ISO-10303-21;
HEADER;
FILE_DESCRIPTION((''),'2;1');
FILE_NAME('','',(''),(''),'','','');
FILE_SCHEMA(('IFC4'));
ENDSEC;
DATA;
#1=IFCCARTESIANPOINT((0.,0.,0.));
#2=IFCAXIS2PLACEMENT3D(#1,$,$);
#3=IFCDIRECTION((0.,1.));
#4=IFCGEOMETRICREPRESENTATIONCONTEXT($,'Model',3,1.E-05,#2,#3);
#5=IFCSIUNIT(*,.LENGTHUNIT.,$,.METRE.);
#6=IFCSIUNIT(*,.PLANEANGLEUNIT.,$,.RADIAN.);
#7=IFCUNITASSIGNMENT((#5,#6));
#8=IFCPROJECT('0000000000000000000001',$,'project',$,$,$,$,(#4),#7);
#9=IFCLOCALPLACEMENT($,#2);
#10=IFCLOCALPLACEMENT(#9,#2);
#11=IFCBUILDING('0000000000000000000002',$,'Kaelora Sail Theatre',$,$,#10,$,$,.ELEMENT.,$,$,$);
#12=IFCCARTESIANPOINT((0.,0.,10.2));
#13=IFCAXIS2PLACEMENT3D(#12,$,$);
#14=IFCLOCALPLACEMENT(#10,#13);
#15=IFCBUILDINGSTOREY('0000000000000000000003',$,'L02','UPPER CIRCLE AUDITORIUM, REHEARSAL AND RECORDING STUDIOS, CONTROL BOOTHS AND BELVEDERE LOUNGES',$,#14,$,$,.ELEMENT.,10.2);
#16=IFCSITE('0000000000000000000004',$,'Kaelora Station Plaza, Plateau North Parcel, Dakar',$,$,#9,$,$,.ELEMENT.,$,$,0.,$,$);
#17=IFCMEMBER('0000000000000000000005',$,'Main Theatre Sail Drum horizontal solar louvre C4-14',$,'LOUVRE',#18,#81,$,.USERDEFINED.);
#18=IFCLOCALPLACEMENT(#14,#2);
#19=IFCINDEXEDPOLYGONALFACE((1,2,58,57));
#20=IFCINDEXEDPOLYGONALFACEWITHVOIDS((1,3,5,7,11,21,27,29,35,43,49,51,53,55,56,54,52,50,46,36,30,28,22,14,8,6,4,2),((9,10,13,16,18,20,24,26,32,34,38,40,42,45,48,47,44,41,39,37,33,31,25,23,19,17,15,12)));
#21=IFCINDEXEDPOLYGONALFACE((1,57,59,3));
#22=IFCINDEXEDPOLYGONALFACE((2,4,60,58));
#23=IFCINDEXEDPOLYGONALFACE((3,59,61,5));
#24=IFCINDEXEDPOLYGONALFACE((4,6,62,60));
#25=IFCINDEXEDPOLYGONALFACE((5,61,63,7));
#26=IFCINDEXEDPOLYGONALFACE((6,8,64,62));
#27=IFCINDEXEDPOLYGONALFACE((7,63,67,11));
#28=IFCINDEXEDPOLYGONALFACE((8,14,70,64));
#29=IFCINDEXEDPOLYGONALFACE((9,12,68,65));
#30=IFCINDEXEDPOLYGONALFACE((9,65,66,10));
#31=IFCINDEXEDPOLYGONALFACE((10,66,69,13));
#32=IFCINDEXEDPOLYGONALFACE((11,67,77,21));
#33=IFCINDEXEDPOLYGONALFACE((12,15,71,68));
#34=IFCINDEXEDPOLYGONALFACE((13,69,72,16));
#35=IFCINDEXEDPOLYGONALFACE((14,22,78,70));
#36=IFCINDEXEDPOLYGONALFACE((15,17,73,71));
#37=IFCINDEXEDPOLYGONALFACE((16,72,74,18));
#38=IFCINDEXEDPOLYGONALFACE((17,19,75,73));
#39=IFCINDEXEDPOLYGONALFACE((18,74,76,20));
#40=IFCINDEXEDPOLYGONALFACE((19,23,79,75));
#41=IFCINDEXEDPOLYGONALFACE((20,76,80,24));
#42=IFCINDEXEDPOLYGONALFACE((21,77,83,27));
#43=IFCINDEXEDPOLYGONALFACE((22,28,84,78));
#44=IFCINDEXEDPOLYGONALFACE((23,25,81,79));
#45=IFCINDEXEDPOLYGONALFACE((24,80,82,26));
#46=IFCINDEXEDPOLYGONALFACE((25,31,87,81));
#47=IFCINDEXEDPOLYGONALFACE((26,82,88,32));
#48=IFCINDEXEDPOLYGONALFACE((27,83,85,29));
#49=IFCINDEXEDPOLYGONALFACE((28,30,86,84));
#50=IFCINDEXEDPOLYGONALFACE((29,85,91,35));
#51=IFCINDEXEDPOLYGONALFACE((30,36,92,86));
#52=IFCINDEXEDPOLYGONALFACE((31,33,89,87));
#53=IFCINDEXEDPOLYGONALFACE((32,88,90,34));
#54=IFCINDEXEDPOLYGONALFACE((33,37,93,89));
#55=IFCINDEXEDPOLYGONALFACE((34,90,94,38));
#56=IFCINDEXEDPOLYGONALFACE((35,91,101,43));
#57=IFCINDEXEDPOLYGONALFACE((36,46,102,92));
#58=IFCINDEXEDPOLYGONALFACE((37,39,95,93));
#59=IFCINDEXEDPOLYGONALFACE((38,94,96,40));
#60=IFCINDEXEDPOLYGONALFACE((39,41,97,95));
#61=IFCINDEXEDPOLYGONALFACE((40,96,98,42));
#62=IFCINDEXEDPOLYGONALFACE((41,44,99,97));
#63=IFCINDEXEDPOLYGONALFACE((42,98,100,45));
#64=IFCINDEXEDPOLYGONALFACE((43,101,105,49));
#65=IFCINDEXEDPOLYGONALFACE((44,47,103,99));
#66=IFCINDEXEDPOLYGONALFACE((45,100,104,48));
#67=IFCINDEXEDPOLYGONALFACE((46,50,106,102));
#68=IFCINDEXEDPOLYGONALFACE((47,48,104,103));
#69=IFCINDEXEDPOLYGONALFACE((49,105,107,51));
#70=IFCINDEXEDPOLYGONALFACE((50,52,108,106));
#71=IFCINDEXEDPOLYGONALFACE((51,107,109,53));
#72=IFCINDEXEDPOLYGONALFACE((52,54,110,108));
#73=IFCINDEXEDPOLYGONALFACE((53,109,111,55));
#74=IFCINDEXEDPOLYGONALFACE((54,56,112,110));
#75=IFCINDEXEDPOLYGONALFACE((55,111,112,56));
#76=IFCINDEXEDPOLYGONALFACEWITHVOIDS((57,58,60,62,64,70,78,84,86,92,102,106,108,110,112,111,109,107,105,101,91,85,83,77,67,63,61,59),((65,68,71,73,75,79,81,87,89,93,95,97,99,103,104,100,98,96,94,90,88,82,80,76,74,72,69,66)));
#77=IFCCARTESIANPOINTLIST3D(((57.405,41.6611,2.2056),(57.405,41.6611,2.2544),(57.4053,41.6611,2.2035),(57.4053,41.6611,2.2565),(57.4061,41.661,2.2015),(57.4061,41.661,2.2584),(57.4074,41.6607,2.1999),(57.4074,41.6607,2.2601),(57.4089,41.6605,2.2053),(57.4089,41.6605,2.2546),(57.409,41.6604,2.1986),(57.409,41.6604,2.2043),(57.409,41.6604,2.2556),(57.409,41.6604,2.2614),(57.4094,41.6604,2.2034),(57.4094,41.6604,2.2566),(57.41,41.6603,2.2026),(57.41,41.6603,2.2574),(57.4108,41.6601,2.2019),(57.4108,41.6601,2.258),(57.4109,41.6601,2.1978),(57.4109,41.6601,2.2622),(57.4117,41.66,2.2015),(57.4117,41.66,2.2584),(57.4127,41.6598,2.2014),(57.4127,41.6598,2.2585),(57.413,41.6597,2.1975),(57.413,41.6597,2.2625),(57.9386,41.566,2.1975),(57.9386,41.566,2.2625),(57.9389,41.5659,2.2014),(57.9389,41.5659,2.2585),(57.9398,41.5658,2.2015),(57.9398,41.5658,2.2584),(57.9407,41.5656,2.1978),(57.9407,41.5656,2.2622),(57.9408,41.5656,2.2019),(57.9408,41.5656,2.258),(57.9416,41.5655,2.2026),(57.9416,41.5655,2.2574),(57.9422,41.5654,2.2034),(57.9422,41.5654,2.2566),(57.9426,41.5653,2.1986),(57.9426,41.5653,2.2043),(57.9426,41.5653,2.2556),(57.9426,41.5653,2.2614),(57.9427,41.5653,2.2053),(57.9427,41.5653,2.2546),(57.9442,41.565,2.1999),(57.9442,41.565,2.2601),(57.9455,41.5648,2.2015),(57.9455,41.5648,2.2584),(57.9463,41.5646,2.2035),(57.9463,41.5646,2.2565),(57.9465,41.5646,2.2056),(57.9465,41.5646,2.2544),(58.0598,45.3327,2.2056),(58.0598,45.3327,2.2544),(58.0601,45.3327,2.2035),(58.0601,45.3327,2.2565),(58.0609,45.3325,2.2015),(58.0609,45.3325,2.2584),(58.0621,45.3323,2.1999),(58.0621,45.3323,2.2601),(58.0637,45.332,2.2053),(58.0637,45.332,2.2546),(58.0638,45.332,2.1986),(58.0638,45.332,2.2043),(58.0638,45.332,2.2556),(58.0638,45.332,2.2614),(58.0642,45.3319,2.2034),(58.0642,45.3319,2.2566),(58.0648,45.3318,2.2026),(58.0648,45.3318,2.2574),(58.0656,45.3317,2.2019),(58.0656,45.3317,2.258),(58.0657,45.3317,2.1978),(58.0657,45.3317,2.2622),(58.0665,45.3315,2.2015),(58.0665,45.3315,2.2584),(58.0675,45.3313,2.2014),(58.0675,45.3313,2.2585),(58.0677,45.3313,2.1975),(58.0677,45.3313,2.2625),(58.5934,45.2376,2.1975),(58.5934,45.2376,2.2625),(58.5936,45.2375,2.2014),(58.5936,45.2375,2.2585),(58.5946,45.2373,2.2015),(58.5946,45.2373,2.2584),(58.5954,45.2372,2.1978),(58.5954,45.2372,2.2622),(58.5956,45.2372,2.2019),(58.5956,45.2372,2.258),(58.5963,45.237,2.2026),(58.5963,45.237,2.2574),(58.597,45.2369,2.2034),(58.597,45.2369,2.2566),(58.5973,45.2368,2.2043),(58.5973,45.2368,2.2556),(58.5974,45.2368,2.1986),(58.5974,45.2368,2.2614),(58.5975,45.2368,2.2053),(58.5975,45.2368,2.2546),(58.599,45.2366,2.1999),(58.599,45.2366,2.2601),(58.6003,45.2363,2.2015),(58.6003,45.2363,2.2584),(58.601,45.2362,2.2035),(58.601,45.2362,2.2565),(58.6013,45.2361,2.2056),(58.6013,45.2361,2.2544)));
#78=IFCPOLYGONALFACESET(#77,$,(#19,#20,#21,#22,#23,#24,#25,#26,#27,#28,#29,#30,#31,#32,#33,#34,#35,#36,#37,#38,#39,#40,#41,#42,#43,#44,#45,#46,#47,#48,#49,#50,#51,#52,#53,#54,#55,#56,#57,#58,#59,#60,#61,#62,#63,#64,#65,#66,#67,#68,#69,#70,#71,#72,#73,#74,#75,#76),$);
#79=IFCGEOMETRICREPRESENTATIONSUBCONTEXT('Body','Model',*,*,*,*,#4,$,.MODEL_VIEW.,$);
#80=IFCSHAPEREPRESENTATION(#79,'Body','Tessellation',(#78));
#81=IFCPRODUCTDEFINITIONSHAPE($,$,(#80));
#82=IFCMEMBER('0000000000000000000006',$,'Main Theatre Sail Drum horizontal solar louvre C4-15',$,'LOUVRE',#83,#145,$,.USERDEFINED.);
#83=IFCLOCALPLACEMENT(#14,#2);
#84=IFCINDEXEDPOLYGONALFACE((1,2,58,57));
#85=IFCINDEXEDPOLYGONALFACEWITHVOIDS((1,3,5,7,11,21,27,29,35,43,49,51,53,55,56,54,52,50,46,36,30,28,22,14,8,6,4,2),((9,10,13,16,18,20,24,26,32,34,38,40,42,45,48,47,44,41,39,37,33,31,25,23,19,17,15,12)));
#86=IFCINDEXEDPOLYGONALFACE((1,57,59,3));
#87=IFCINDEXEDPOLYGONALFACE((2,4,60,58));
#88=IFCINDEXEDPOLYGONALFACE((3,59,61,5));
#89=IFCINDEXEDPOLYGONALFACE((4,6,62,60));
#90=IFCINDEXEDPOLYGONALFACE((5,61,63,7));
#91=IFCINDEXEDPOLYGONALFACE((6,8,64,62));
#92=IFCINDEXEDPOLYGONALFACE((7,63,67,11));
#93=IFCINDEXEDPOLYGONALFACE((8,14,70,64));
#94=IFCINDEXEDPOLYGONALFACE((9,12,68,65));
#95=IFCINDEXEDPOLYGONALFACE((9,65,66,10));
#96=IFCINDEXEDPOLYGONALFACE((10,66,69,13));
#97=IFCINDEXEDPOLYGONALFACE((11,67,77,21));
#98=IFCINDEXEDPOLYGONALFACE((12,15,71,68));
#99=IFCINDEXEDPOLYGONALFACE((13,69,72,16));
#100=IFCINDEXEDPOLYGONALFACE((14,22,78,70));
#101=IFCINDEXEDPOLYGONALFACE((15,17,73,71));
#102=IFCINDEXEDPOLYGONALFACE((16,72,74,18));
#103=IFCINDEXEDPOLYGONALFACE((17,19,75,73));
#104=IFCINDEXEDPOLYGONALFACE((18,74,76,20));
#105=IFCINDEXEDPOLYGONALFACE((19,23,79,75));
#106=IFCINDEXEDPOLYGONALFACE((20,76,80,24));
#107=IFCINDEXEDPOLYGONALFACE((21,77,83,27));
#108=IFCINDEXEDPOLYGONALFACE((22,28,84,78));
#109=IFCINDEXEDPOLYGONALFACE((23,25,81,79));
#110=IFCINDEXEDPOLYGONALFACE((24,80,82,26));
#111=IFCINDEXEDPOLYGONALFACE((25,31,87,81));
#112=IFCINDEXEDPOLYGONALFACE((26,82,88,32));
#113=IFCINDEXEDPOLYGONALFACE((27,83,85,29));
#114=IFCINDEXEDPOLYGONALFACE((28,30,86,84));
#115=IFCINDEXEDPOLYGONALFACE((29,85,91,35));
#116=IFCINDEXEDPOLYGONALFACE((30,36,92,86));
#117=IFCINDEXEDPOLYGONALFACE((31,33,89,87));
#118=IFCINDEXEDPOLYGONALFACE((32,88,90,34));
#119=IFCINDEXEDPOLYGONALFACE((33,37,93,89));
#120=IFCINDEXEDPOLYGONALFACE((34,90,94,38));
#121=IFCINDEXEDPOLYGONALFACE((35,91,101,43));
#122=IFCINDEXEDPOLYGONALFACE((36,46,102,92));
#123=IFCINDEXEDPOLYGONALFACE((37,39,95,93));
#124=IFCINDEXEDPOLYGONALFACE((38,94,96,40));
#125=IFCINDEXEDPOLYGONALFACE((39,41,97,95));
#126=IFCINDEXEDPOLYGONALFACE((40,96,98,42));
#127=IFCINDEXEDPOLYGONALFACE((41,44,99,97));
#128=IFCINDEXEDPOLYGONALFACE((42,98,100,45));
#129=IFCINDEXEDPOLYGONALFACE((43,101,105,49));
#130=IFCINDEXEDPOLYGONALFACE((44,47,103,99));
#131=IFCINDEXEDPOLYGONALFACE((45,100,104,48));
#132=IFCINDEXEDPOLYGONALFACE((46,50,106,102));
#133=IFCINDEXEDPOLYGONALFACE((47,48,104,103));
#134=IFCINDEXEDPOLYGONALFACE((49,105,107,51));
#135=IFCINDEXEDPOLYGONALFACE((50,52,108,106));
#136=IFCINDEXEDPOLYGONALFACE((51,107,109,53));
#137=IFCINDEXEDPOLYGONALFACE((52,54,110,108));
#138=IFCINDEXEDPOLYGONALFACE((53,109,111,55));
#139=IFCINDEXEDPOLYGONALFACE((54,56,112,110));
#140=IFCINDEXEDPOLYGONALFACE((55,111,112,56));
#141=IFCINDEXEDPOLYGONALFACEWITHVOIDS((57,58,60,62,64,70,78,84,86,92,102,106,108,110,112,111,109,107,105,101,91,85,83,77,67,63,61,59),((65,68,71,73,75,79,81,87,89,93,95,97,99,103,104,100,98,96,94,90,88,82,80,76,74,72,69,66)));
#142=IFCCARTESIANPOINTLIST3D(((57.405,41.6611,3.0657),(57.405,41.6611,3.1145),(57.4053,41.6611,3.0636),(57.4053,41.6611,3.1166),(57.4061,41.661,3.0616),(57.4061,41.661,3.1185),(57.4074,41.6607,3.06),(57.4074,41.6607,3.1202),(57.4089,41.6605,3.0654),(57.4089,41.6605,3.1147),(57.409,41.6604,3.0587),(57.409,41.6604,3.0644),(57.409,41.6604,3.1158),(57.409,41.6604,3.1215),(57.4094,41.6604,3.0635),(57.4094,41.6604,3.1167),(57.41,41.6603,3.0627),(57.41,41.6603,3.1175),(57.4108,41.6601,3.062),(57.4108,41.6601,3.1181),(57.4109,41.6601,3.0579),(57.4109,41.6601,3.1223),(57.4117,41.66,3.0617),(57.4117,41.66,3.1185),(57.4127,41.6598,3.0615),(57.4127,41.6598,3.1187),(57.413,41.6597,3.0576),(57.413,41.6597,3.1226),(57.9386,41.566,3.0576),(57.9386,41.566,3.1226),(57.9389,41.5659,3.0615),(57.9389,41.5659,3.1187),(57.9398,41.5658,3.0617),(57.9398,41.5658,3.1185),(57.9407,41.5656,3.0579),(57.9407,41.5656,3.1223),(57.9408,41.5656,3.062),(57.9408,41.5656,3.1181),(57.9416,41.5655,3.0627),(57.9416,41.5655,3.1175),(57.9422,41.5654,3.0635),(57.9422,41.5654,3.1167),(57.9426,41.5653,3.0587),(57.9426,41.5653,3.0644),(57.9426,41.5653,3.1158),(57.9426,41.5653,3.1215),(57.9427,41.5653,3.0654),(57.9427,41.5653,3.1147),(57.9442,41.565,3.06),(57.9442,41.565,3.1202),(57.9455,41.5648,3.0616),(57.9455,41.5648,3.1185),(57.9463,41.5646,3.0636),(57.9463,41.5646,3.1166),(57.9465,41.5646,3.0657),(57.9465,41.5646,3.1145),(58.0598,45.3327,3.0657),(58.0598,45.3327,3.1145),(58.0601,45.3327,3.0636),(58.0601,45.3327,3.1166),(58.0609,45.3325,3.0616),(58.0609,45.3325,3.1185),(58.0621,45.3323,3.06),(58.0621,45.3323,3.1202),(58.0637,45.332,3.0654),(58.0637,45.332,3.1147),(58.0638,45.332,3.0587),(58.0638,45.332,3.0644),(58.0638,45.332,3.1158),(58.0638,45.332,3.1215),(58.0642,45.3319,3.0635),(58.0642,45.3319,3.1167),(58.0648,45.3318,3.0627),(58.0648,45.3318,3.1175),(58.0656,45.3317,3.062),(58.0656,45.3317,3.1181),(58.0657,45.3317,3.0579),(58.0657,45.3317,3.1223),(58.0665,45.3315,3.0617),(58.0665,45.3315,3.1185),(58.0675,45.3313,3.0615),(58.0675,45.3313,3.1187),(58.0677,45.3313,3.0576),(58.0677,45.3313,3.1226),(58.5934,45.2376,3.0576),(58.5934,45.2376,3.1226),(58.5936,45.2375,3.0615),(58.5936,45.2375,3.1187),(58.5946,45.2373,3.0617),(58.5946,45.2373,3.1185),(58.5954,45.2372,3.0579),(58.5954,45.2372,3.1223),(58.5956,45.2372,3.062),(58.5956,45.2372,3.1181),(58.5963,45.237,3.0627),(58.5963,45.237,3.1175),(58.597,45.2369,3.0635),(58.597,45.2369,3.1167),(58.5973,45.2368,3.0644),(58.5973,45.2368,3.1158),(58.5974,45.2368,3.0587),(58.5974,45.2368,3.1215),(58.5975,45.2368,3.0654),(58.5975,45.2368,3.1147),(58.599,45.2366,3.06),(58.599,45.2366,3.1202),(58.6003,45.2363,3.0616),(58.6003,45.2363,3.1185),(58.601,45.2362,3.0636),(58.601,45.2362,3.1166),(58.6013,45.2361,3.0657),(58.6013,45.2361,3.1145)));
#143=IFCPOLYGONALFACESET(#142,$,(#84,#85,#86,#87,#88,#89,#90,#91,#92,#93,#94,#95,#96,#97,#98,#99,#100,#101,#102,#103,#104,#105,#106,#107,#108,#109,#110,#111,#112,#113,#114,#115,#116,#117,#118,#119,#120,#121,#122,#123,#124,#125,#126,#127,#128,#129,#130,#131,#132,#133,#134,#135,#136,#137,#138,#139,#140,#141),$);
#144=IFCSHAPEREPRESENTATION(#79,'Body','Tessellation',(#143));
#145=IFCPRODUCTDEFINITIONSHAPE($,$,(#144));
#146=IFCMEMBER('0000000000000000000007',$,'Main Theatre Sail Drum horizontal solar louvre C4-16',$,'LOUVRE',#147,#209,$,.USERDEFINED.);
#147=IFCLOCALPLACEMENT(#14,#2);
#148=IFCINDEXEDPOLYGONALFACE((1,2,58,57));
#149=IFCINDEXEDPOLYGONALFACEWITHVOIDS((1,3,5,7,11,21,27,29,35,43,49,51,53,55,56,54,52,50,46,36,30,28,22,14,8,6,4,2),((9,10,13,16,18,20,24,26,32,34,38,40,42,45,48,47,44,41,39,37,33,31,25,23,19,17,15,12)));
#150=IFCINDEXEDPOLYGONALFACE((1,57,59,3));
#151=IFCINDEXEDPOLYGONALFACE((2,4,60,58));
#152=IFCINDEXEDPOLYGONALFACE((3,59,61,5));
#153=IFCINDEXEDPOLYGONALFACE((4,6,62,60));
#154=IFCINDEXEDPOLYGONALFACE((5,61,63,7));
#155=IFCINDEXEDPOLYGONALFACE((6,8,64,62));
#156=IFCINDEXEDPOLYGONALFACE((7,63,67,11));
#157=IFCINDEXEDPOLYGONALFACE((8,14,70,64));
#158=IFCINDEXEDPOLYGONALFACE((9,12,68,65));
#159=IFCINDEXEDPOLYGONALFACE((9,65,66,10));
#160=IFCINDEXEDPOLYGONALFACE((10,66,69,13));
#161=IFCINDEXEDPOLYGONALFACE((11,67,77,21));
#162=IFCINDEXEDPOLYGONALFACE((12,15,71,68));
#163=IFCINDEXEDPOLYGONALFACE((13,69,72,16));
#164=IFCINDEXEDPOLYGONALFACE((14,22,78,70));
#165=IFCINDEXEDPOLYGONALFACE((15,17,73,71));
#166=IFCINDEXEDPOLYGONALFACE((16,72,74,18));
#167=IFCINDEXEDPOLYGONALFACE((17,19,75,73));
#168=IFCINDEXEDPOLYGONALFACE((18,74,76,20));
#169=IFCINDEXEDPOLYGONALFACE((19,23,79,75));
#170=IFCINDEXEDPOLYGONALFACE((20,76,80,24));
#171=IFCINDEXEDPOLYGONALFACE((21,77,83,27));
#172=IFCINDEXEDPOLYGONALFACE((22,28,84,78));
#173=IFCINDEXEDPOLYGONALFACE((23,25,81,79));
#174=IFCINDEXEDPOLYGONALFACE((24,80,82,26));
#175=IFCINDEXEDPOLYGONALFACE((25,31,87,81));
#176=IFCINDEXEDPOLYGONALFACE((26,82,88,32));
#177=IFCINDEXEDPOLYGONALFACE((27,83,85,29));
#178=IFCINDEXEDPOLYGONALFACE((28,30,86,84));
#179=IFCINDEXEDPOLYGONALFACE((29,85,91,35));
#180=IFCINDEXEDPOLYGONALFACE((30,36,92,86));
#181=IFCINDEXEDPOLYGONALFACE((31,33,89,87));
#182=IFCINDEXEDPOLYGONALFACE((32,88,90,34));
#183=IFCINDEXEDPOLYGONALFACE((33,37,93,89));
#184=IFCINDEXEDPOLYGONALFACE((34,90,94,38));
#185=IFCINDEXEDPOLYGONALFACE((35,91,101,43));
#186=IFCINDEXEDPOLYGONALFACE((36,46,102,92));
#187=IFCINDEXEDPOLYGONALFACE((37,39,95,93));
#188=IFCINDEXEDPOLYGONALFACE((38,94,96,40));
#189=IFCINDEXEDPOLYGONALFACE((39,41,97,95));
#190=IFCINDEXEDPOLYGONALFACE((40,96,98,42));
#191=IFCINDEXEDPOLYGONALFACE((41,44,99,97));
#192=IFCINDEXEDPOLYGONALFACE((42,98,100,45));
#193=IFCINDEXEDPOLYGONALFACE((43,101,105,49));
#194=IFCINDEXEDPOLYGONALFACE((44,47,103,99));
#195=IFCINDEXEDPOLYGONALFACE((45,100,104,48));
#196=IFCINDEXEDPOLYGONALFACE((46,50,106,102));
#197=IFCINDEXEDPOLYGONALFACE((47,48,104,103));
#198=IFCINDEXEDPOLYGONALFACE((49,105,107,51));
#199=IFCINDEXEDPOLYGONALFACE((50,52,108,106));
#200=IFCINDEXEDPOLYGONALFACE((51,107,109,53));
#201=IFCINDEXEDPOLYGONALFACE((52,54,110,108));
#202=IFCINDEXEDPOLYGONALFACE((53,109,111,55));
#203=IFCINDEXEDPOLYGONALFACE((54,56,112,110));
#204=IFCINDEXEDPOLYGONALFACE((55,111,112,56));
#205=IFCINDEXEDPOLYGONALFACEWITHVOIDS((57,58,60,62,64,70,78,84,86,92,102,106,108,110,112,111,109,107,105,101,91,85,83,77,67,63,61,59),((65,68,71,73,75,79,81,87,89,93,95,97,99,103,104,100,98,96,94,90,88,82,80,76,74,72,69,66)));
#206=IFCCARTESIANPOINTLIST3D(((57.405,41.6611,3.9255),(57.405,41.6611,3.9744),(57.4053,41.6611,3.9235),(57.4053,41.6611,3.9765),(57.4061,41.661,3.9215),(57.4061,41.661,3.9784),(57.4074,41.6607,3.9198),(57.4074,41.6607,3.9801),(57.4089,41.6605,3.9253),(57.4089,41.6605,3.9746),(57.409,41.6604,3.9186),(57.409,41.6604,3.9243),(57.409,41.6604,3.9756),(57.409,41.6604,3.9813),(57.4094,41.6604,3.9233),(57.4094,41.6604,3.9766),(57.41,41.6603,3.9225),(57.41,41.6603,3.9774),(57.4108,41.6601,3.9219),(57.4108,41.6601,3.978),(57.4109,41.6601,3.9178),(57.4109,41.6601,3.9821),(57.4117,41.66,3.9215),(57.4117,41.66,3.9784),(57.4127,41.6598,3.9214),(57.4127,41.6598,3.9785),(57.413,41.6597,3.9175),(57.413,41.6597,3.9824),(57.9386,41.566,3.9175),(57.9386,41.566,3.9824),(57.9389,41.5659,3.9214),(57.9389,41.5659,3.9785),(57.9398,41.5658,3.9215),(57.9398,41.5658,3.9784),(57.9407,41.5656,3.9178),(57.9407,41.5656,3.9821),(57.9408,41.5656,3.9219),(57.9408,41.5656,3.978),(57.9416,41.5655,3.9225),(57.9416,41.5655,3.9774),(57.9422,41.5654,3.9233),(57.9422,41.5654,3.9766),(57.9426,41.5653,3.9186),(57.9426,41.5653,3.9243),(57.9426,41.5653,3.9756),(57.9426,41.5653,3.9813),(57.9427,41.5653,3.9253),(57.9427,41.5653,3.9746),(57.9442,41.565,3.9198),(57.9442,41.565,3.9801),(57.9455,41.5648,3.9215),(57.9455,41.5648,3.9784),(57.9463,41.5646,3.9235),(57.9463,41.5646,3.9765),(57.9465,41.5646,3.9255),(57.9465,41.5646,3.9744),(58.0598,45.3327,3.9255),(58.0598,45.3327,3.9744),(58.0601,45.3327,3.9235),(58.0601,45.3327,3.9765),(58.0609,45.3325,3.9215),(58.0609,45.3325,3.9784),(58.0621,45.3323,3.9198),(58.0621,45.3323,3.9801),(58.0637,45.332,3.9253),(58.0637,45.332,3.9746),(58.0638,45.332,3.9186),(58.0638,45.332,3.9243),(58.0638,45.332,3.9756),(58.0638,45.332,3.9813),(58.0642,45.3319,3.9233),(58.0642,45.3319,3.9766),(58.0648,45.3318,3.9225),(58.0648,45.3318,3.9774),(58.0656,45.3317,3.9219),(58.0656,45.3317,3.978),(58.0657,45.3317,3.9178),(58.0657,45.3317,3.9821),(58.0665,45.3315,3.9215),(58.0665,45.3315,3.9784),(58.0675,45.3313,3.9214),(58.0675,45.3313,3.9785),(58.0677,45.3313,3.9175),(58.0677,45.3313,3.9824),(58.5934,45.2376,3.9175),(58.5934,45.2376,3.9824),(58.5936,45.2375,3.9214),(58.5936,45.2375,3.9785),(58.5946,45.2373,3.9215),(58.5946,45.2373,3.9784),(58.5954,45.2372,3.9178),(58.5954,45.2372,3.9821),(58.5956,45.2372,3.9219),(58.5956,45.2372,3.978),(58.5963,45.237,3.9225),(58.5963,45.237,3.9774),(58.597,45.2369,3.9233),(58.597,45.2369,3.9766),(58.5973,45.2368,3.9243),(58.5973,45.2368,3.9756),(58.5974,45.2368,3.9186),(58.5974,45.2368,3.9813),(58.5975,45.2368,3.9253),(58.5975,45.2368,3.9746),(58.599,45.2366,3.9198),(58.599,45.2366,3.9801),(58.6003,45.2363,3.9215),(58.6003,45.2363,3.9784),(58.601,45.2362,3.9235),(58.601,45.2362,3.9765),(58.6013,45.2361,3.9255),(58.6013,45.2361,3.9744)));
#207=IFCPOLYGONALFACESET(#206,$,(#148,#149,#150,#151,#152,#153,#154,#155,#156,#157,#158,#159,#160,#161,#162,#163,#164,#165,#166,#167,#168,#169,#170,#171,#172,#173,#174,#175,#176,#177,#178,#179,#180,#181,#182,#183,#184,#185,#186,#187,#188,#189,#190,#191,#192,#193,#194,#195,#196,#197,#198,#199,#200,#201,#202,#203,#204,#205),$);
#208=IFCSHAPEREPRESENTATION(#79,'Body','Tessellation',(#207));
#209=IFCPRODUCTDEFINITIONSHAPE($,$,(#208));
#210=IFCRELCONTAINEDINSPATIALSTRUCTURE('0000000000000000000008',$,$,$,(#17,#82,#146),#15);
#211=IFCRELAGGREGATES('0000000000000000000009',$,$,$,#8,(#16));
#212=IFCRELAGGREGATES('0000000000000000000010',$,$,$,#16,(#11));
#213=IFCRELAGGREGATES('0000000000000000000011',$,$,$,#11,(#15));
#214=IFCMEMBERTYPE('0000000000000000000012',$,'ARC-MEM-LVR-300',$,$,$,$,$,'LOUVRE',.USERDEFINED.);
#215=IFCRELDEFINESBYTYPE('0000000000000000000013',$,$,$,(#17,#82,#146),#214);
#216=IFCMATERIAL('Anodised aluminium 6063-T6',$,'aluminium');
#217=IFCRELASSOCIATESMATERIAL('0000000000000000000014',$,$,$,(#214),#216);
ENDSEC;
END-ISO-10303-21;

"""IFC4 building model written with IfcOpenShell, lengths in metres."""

from ifc_helpers import new_model, si_unit, direction, frame, origin, origin_2d, place, context, subcontext, project, spatial, hollow_rectangle, extrude, material, material_profile, profile_set, type_object, element, save


model = new_model("IFC4")

# Units and contexts
model_context = context("Model", 3, precision=1e-05, world=origin(), true_north=direction((0.0, 1.0)))
body_context = subcontext(model_context, "Body", "Model", "MODEL_VIEW")
ifc_project = project(units=[si_unit("LENGTHUNIT", "METRE"), si_unit("PLANEANGLEUNIT", "RADIAN")], contexts=[model_context])

# Site, building, storey
site_placement = place(None, origin())
site = spatial("IfcSite", under=ifc_project, at=site_placement, Name="Kaelora Station Plaza, Plateau North Parcel, Dakar", CompositionType="ELEMENT", RefElevation=0.0)
building_placement = place(site_placement, origin())
building = spatial("IfcBuilding", under=site, at=building_placement, Name="Kaelora Sail Theatre", CompositionType="ELEMENT")
storey_placement = place(building_placement, frame((0.0, 0.0, 10.2)))
storey = spatial("IfcBuildingStorey", under=building, at=storey_placement, Name="L02", Description="UPPER CIRCLE AUDITORIUM, REHEARSAL AND RECORDING STUDIOS, CONTROL BOOTHS AND BELVEDERE LOUNGES", CompositionType="ELEMENT", Elevation=10.2)

# Members
ifc_material_1 = material(Name="Anodised aluminium 6063-T6", Category="aluminium")
ifc_material_profile_1 = material_profile(ifc_material_1, hollow_rectangle(XDim=0.55, YDim=0.0649, WallThickness=0.0039, InnerFilletRadius=0.0039, OuterFilletRadius=0.0081, at=origin_2d()), Name="LOUVRE 550x65x4")
ifc_profile_set_1 = profile_set([ifc_material_profile_1], Name="Anodised aluminium 6063-T6")
member_type_1 = type_object("IfcMemberType", Name="ARC-MEM-LVR-300", ElementType="LOUVRE", PredefinedType="USERDEFINED", material=ifc_profile_set_1)
for number, where, z_axis, x_axis, name in (
    (1, (58.3306, 45.2844, 2.23), (-0.175566, -0.984468, 0.0), (0.984468, -0.175566, 0.0), "Main Theatre Sail Drum horizontal solar louvre C4-14"),
    (2, (58.3306, 45.2844, 3.0901), (-0.175566, -0.984468, 0.0), (0.984468, -0.175566, 0.0), "Main Theatre Sail Drum horizontal solar louvre C4-15"),
    (3, (58.3306, 45.2844, 3.95), (-0.175566, -0.984468, 0.0), (0.984468, -0.175566, 0.0), "Main Theatre Sail Drum horizontal solar louvre C4-16"),
):
    element("IfcMember", number, at=place(storey_placement, frame(where, z_axis=z_axis, x_axis=x_axis)), inside=storey, type_object=member_type_1, Name=name, ObjectType="LOUVRE", PredefinedType="USERDEFINED", context=body_context, shape_type="SweptSolid", body=[
        extrude(hollow_rectangle(XDim=0.55, YDim=0.0649, WallThickness=0.0039, InnerFilletRadius=0.0039, OuterFilletRadius=0.0081, at=origin_2d()), origin(), (0.0, 0.0, 1.0), 3.7295),
    ])

save(model, "model.ifc")
